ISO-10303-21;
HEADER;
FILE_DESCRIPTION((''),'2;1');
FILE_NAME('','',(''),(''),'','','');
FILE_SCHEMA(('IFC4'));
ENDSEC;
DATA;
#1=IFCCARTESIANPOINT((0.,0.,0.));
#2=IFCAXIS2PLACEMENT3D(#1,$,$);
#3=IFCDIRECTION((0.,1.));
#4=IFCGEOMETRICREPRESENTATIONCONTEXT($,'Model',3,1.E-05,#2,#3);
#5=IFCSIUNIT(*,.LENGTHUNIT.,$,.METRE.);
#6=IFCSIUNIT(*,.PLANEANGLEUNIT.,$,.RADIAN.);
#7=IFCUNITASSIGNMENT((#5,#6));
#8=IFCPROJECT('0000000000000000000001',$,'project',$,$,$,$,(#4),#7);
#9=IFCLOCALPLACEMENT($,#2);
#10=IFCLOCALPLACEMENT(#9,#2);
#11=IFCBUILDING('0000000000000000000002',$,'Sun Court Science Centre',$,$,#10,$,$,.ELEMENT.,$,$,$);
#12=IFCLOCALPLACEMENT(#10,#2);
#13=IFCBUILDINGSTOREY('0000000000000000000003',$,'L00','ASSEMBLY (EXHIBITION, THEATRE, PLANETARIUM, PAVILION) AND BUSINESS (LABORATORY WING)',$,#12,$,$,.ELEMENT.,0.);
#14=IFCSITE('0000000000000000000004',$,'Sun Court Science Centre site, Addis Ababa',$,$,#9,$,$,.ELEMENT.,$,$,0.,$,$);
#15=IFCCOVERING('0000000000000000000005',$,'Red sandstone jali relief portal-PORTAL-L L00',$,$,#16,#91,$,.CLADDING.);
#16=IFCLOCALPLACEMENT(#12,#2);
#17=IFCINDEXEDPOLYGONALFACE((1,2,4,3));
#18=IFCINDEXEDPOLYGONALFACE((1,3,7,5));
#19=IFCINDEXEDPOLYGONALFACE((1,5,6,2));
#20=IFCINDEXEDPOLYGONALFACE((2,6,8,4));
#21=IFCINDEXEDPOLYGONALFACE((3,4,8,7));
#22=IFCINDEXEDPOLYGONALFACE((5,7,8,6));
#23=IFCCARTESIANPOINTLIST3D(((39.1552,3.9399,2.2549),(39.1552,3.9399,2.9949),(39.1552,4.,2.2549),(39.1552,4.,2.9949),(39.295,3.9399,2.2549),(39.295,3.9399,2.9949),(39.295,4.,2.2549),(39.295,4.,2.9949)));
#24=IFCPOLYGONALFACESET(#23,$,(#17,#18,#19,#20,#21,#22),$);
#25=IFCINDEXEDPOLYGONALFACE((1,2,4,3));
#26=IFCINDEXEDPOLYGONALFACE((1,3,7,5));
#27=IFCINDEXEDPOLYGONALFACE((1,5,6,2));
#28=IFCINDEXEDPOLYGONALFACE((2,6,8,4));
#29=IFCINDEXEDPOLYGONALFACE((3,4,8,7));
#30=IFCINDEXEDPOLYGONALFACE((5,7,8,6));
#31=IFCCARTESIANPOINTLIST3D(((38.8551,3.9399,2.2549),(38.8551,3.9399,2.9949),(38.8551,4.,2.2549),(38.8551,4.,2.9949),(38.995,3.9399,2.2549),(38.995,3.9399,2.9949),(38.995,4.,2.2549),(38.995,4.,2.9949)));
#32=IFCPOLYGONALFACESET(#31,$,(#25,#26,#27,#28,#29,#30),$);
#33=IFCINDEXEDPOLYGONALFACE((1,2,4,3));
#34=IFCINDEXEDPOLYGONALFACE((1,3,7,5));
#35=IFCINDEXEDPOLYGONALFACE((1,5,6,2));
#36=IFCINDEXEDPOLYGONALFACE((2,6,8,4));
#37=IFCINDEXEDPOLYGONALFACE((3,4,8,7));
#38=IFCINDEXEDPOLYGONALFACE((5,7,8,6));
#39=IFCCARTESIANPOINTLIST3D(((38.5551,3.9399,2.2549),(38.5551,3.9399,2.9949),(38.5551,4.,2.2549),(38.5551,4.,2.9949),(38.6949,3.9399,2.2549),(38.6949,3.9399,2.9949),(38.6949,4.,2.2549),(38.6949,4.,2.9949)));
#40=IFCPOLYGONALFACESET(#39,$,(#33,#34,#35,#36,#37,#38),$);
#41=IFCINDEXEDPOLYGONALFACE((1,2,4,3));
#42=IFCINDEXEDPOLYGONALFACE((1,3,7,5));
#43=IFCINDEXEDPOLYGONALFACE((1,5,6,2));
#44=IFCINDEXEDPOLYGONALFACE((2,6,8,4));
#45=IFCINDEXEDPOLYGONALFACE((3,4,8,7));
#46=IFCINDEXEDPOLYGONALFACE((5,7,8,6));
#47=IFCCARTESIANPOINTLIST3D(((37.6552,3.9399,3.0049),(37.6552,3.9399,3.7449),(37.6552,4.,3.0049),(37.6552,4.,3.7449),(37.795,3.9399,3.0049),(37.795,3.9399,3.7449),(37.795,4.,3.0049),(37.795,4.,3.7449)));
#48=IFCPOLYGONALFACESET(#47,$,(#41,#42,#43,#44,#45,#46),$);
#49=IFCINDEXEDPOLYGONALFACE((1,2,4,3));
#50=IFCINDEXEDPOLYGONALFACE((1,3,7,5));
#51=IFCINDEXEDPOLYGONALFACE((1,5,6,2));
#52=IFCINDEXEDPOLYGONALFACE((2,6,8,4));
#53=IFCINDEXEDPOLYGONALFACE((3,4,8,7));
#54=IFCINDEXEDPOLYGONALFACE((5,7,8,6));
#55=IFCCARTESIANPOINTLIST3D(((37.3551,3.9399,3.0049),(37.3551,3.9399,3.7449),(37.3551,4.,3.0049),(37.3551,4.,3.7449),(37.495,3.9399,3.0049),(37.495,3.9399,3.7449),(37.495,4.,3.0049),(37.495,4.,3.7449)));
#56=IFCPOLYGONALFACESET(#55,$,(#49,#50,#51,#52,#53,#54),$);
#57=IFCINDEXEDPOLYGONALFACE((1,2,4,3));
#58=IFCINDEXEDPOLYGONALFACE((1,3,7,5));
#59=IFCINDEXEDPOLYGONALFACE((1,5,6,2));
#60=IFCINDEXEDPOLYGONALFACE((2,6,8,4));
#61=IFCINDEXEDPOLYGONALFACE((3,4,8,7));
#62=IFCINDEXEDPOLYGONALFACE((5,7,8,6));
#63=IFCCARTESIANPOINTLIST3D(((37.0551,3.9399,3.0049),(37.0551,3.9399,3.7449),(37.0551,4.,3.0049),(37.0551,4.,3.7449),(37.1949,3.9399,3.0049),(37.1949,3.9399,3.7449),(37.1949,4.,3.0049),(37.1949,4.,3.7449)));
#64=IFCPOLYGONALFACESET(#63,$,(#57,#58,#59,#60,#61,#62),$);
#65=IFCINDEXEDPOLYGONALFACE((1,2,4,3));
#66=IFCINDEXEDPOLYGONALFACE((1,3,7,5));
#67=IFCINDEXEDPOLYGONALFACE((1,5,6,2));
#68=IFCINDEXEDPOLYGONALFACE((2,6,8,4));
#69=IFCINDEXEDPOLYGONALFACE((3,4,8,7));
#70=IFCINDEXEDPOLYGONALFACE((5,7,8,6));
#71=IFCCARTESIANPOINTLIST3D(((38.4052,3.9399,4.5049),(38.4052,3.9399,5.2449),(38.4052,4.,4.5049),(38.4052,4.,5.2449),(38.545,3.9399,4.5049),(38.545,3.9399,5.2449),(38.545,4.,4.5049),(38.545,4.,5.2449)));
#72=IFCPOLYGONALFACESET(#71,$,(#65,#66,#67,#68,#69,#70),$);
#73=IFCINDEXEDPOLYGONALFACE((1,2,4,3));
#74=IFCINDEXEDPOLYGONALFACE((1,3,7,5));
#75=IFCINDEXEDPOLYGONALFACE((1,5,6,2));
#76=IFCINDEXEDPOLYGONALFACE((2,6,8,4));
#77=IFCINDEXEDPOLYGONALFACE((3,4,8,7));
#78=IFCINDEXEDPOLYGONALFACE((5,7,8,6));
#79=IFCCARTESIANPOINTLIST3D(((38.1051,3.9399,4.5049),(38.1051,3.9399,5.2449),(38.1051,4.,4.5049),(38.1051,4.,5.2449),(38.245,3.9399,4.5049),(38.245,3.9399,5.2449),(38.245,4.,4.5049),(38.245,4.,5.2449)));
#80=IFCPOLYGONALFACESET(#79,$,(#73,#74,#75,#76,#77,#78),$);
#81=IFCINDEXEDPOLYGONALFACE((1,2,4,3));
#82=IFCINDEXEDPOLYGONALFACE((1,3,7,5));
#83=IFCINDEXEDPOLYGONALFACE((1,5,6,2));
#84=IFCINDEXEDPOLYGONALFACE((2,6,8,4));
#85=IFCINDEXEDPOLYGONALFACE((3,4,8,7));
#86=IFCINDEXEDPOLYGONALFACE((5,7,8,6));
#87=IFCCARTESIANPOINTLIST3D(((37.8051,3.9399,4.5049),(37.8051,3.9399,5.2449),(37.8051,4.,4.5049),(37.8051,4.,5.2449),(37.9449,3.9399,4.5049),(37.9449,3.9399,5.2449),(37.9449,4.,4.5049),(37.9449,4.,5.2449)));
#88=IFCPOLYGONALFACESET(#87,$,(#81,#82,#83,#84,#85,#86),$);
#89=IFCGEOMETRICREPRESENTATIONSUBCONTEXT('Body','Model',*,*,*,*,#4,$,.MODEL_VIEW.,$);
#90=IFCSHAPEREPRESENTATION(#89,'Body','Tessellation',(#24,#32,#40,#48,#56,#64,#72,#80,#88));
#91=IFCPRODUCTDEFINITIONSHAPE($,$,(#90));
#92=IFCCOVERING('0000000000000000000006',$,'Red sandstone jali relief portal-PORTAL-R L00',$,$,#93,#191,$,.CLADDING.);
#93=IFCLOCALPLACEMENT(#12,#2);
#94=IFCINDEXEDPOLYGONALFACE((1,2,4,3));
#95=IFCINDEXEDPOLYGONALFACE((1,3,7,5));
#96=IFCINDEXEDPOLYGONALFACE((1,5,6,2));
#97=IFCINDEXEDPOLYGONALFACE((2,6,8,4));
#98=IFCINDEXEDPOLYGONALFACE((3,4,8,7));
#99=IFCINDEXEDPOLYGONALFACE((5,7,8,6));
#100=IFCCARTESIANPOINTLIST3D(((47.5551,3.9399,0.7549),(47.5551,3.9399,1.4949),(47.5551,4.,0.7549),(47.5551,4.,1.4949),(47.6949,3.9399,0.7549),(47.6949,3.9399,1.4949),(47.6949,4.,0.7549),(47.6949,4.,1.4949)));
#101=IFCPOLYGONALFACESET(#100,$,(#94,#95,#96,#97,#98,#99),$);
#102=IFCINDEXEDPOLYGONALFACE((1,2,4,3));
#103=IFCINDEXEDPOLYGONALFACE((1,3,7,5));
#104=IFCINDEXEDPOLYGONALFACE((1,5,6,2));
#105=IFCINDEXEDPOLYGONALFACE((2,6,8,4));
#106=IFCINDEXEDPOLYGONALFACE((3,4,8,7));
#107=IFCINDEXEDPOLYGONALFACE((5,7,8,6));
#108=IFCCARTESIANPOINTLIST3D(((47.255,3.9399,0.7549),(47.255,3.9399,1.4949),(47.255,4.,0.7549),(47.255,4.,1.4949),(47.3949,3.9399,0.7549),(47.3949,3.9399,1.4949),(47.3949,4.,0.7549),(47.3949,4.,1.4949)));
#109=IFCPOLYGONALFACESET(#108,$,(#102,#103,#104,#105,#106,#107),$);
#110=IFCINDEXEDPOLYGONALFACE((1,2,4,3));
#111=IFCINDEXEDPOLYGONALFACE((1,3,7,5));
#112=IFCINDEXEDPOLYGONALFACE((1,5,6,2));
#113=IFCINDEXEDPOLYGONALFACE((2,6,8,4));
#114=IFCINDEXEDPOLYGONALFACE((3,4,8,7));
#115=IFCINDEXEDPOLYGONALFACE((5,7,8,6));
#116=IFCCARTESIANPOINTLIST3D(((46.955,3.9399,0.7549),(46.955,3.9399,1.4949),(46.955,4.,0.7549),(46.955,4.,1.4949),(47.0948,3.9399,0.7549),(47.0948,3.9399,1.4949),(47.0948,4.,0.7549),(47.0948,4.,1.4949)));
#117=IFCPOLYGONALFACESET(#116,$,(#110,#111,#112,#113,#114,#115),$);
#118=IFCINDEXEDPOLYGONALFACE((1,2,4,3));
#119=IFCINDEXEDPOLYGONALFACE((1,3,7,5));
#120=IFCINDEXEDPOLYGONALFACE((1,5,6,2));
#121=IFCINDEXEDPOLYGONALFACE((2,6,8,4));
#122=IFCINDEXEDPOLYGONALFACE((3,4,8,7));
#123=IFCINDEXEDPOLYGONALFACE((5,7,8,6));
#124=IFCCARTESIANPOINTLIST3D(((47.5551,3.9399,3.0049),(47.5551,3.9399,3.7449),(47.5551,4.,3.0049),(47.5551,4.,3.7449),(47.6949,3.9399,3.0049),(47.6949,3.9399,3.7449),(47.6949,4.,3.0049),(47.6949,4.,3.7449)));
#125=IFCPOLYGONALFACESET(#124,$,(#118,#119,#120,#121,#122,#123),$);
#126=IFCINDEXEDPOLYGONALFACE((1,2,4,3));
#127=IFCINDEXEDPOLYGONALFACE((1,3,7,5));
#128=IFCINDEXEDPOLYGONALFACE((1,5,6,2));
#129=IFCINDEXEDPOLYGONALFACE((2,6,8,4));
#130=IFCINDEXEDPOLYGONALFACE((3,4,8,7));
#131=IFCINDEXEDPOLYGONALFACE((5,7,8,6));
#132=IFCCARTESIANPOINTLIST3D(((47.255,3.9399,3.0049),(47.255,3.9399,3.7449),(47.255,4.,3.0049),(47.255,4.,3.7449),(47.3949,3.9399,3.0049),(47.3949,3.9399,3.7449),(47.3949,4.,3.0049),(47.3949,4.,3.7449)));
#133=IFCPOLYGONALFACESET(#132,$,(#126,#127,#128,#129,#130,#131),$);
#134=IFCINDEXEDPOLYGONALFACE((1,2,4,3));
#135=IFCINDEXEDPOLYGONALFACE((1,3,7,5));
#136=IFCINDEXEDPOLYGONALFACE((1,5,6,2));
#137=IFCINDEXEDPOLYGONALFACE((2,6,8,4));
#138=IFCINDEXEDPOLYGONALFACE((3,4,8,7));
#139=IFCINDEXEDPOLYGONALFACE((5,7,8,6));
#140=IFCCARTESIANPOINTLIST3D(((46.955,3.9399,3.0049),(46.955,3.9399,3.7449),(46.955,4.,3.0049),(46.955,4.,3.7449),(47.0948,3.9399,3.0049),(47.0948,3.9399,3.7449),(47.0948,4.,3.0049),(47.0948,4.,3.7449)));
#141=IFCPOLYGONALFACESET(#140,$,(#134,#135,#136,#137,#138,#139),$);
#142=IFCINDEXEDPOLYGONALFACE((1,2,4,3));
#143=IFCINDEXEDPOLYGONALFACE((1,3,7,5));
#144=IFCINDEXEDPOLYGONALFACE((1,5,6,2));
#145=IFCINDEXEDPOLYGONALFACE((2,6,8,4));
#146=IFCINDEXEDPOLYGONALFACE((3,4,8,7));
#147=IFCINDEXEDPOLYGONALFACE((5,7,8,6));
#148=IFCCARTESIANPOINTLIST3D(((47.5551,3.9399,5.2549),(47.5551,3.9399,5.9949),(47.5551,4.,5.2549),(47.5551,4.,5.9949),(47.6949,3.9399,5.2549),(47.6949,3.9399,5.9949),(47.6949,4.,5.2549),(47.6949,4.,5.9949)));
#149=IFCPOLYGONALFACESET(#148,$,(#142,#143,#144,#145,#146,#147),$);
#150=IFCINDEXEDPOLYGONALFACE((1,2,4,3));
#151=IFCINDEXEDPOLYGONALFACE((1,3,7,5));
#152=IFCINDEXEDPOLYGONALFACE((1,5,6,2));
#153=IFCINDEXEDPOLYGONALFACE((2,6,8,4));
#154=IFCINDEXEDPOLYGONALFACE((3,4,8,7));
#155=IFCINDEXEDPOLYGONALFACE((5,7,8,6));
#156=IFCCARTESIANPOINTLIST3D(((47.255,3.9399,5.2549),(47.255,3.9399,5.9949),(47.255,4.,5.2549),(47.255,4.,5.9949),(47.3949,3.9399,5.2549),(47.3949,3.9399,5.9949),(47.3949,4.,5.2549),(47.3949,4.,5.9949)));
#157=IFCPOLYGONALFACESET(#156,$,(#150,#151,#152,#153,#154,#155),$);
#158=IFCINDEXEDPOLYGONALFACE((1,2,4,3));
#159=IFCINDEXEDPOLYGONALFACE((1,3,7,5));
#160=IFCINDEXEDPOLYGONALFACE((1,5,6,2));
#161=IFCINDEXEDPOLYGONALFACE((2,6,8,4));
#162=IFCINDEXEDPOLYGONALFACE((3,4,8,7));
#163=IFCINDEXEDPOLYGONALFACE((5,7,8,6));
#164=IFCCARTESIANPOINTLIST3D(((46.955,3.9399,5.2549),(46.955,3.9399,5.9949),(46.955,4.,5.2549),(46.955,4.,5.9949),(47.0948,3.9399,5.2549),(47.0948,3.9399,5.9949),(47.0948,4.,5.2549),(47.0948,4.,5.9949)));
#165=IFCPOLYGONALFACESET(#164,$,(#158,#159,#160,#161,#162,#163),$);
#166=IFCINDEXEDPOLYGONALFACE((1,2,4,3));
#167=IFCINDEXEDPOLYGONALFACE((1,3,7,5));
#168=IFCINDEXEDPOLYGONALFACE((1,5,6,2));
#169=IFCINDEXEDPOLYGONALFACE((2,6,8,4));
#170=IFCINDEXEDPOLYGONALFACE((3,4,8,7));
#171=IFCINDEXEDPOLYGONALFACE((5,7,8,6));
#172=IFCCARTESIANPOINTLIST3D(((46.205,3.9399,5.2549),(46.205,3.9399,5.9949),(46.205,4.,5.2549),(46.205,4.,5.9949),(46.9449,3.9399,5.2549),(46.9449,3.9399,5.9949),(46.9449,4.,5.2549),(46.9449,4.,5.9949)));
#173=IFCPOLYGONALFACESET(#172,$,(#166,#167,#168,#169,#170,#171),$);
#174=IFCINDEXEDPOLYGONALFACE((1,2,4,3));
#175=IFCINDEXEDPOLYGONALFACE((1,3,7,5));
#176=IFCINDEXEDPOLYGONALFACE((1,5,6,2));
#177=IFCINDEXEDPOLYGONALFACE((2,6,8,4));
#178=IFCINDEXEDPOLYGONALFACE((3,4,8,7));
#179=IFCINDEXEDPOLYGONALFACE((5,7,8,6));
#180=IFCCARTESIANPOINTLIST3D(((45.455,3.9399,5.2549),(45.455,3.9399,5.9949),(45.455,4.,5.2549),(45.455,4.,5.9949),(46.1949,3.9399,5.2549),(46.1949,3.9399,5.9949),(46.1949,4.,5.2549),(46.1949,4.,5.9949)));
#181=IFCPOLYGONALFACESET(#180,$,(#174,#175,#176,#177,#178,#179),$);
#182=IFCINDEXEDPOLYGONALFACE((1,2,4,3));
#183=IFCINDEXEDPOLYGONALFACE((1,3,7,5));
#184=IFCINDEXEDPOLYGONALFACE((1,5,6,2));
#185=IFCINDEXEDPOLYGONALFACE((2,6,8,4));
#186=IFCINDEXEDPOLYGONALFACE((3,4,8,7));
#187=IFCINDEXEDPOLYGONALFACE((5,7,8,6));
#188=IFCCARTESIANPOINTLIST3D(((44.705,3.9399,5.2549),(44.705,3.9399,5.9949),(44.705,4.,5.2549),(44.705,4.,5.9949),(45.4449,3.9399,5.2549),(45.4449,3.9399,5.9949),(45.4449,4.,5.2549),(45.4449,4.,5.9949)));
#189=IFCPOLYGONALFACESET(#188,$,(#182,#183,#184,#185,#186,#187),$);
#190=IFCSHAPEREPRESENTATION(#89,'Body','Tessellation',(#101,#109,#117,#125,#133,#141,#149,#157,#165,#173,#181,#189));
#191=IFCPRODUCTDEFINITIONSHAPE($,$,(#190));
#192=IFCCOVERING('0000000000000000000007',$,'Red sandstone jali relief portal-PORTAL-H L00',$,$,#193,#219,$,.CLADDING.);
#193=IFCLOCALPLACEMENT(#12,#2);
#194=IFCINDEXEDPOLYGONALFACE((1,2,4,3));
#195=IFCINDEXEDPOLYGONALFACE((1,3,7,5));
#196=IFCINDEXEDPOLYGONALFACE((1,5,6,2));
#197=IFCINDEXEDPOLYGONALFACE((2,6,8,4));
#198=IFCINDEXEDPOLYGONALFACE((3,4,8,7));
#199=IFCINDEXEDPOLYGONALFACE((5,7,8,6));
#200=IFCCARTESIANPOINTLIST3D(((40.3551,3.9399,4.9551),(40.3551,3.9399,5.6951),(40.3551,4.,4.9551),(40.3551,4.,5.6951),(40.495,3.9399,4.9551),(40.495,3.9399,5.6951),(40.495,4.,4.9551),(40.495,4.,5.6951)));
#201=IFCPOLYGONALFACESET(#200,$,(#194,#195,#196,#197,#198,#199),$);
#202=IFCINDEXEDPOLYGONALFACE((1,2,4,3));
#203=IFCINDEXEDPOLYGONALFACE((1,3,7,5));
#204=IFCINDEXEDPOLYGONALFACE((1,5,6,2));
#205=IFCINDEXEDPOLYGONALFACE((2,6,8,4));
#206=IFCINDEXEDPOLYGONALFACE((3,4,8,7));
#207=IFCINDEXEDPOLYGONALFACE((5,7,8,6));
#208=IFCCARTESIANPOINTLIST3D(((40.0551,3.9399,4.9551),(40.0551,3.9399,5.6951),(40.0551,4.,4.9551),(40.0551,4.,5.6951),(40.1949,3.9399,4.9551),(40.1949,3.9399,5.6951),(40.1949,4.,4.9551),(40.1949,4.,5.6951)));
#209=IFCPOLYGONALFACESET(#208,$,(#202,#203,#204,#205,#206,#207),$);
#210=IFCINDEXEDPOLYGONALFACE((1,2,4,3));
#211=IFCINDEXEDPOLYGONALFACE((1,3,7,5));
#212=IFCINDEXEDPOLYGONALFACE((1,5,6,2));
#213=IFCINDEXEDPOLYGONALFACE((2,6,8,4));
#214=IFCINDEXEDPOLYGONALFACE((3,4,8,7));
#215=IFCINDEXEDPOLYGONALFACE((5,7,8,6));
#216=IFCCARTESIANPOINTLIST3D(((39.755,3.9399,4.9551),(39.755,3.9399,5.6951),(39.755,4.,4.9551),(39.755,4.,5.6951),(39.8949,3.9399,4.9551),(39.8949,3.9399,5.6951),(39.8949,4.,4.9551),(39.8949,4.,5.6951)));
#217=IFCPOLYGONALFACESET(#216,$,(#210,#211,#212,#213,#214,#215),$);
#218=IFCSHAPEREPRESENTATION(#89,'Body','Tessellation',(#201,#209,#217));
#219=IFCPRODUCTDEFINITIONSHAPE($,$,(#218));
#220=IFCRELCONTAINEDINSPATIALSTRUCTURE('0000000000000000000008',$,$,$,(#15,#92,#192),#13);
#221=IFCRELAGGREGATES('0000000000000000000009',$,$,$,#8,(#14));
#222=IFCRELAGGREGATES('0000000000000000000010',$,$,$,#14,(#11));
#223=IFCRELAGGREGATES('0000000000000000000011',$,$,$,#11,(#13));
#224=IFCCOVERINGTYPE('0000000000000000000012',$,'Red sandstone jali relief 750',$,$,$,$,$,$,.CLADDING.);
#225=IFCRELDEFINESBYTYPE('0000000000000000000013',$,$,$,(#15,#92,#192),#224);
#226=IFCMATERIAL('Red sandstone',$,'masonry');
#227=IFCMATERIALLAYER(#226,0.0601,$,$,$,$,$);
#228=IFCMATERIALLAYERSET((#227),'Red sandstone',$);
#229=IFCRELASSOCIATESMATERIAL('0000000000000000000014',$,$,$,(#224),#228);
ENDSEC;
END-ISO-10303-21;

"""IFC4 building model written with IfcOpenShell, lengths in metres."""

from ifc_helpers import new_model, si_unit, direction, frame, origin, origin_2d, place, context, subcontext, project, spatial, rectangle, extrude, material, layer, layer_set, type_object, element, save


model = new_model("IFC4")

# Units and contexts
model_context = context("Model", 3, precision=1e-05, world=origin(), true_north=direction((0.0, 1.0)))
body_context = subcontext(model_context, "Body", "Model", "MODEL_VIEW")
ifc_project = project(units=[si_unit("LENGTHUNIT", "METRE"), si_unit("PLANEANGLEUNIT", "RADIAN")], contexts=[model_context])

# Site, building, storey
site_placement = place(None, origin())
site = spatial("IfcSite", under=ifc_project, at=site_placement, Name="Sun Court Science Centre site, Addis Ababa", CompositionType="ELEMENT", RefElevation=0.0)
building_placement = place(site_placement, origin())
building = spatial("IfcBuilding", under=site, at=building_placement, Name="Sun Court Science Centre", CompositionType="ELEMENT")
storey_placement = place(building_placement, origin())
storey = spatial("IfcBuildingStorey", under=building, at=storey_placement, Name="L00", Description="ASSEMBLY (EXHIBITION, THEATRE, PLANETARIUM, PAVILION) AND BUSINESS (LABORATORY WING)", CompositionType="ELEMENT", Elevation=0.0)

# Coverings
ifc_material_1 = material(Name="Red sandstone", Category="masonry")
ifc_layer_1 = layer(ifc_material_1, 0.0601)
ifc_layer_set_1 = layer_set([ifc_layer_1], Name="Red sandstone")
covering_type_1 = type_object("IfcCoveringType", Name="Red sandstone jali relief 750", PredefinedType="CLADDING", material=ifc_layer_set_1)
covering_1_placement = place(storey_placement, origin())
element("IfcCovering", 1, at=covering_1_placement, inside=storey, type_object=covering_type_1, Name="Red sandstone jali relief portal-PORTAL-L L00", PredefinedType="CLADDING", context=body_context, shape_type="SweptSolid", body=[
    extrude(rectangle(XDim=0.1399, YDim=0.0601, at=origin_2d()), frame((39.2251, 3.97, 2.2549), z_axis=(0.0, 0.0, 1.0), x_axis=(-1.0, 0.0, 0.0)), (0.0, 0.0, 1.0), 0.74),
    extrude(rectangle(XDim=0.1399, YDim=0.0601, at=origin_2d()), frame((38.925, 3.97, 2.2549), z_axis=(0.0, 0.0, 1.0), x_axis=(-1.0, 0.0, 0.0)), (0.0, 0.0, 1.0), 0.74),
    extrude(rectangle(XDim=0.1399, YDim=0.0601, at=origin_2d()), frame((38.625, 3.97, 2.2549), z_axis=(0.0, 0.0, 1.0), x_axis=(-1.0, 0.0, 0.0)), (0.0, 0.0, 1.0), 0.74),
    extrude(rectangle(XDim=0.1399, YDim=0.0601, at=origin_2d()), frame((37.7251, 3.97, 3.0049), z_axis=(0.0, 0.0, 1.0), x_axis=(-1.0, 0.0, 0.0)), (0.0, 0.0, 1.0), 0.74),
    extrude(rectangle(XDim=0.1399, YDim=0.0601, at=origin_2d()), frame((37.425, 3.97, 3.0049), z_axis=(0.0, 0.0, 1.0), x_axis=(-1.0, 0.0, 0.0)), (0.0, 0.0, 1.0), 0.74),
    extrude(rectangle(XDim=0.1399, YDim=0.0601, at=origin_2d()), frame((37.125, 3.97, 3.0049), z_axis=(0.0, 0.0, 1.0), x_axis=(-1.0, 0.0, 0.0)), (0.0, 0.0, 1.0), 0.74),
    extrude(rectangle(XDim=0.1399, YDim=0.0601, at=origin_2d()), frame((38.4751, 3.97, 4.5049), z_axis=(0.0, 0.0, 1.0), x_axis=(-1.0, 0.0, 0.0)), (0.0, 0.0, 1.0), 0.74),
    extrude(rectangle(XDim=0.1399, YDim=0.0601, at=origin_2d()), frame((38.175, 3.97, 4.5049), z_axis=(0.0, 0.0, 1.0), x_axis=(-1.0, 0.0, 0.0)), (0.0, 0.0, 1.0), 0.74),
    extrude(rectangle(XDim=0.1399, YDim=0.0601, at=origin_2d()), frame((37.875, 3.97, 4.5049), z_axis=(0.0, 0.0, 1.0), x_axis=(-1.0, 0.0, 0.0)), (0.0, 0.0, 1.0), 0.74),
])
covering_2_placement = place(storey_placement, origin())
element("IfcCovering", 2, at=covering_2_placement, inside=storey, type_object=covering_type_1, Name="Red sandstone jali relief portal-PORTAL-R L00", PredefinedType="CLADDING", context=body_context, shape_type="SweptSolid", body=[
    extrude(rectangle(XDim=0.1399, YDim=0.0601, at=origin_2d()), frame((47.625, 3.97, 0.7549), z_axis=(0.0, 0.0, 1.0), x_axis=(-1.0, 0.0, 0.0)), (0.0, 0.0, 1.0), 0.74),
    extrude(rectangle(XDim=0.1399, YDim=0.0601, at=origin_2d()), frame((47.325, 3.97, 0.7549), z_axis=(0.0, 0.0, 1.0), x_axis=(-1.0, 0.0, 0.0)), (0.0, 0.0, 1.0), 0.74),
    extrude(rectangle(XDim=0.1399, YDim=0.0601, at=origin_2d()), frame((47.0249, 3.97, 0.7549), z_axis=(0.0, 0.0, 1.0), x_axis=(-1.0, 0.0, 0.0)), (0.0, 0.0, 1.0), 0.74),
    extrude(rectangle(XDim=0.1399, YDim=0.0601, at=origin_2d()), frame((47.625, 3.97, 3.0049), z_axis=(0.0, 0.0, 1.0), x_axis=(-1.0, 0.0, 0.0)), (0.0, 0.0, 1.0), 0.74),
    extrude(rectangle(XDim=0.1399, YDim=0.0601, at=origin_2d()), frame((47.325, 3.97, 3.0049), z_axis=(0.0, 0.0, 1.0), x_axis=(-1.0, 0.0, 0.0)), (0.0, 0.0, 1.0), 0.74),
    extrude(rectangle(XDim=0.1399, YDim=0.0601, at=origin_2d()), frame((47.0249, 3.97, 3.0049), z_axis=(0.0, 0.0, 1.0), x_axis=(-1.0, 0.0, 0.0)), (0.0, 0.0, 1.0), 0.74),
    extrude(rectangle(XDim=0.1399, YDim=0.0601, at=origin_2d()), frame((47.625, 3.97, 5.2549), z_axis=(0.0, 0.0, 1.0), x_axis=(-1.0, 0.0, 0.0)), (0.0, 0.0, 1.0), 0.74),
    extrude(rectangle(XDim=0.1399, YDim=0.0601, at=origin_2d()), frame((47.325, 3.97, 5.2549), z_axis=(0.0, 0.0, 1.0), x_axis=(-1.0, 0.0, 0.0)), (0.0, 0.0, 1.0), 0.74),
    extrude(rectangle(XDim=0.1399, YDim=0.0601, at=origin_2d()), frame((47.0249, 3.97, 5.2549), z_axis=(0.0, 0.0, 1.0), x_axis=(-1.0, 0.0, 0.0)), (0.0, 0.0, 1.0), 0.74),
    extrude(rectangle(XDim=0.74, YDim=0.0601, at=origin_2d()), frame((46.575, 3.97, 5.2549), z_axis=(0.0, 0.0, 1.0), x_axis=(-1.0, 0.0, 0.0)), (0.0, 0.0, 1.0), 0.74),
    extrude(rectangle(XDim=0.74, YDim=0.0601, at=origin_2d()), frame((45.825, 3.97, 5.2549), z_axis=(0.0, 0.0, 1.0), x_axis=(-1.0, 0.0, 0.0)), (0.0, 0.0, 1.0), 0.74),
    extrude(rectangle(XDim=0.74, YDim=0.0601, at=origin_2d()), frame((45.075, 3.97, 5.2549), z_axis=(0.0, 0.0, 1.0), x_axis=(-1.0, 0.0, 0.0)), (0.0, 0.0, 1.0), 0.74),
])
covering_3_placement = place(storey_placement, origin())
element("IfcCovering", 3, at=covering_3_placement, inside=storey, type_object=covering_type_1, Name="Red sandstone jali relief portal-PORTAL-H L00", PredefinedType="CLADDING", context=body_context, shape_type="SweptSolid", body=[
    extrude(rectangle(XDim=0.1399, YDim=0.0601, at=origin_2d()), frame((40.425, 3.97, 4.9551), z_axis=(0.0, 0.0, 1.0), x_axis=(-1.0, 0.0, 0.0)), (0.0, 0.0, 1.0), 0.74),
    extrude(rectangle(XDim=0.1399, YDim=0.0601, at=origin_2d()), frame((40.125, 3.97, 4.9551), z_axis=(0.0, 0.0, 1.0), x_axis=(-1.0, 0.0, 0.0)), (0.0, 0.0, 1.0), 0.74),
    extrude(rectangle(XDim=0.1399, YDim=0.0601, at=origin_2d()), frame((39.825, 3.97, 4.9551), z_axis=(0.0, 0.0, 1.0), x_axis=(-1.0, 0.0, 0.0)), (0.0, 0.0, 1.0), 0.74),
])

save(model, "model.ifc")
